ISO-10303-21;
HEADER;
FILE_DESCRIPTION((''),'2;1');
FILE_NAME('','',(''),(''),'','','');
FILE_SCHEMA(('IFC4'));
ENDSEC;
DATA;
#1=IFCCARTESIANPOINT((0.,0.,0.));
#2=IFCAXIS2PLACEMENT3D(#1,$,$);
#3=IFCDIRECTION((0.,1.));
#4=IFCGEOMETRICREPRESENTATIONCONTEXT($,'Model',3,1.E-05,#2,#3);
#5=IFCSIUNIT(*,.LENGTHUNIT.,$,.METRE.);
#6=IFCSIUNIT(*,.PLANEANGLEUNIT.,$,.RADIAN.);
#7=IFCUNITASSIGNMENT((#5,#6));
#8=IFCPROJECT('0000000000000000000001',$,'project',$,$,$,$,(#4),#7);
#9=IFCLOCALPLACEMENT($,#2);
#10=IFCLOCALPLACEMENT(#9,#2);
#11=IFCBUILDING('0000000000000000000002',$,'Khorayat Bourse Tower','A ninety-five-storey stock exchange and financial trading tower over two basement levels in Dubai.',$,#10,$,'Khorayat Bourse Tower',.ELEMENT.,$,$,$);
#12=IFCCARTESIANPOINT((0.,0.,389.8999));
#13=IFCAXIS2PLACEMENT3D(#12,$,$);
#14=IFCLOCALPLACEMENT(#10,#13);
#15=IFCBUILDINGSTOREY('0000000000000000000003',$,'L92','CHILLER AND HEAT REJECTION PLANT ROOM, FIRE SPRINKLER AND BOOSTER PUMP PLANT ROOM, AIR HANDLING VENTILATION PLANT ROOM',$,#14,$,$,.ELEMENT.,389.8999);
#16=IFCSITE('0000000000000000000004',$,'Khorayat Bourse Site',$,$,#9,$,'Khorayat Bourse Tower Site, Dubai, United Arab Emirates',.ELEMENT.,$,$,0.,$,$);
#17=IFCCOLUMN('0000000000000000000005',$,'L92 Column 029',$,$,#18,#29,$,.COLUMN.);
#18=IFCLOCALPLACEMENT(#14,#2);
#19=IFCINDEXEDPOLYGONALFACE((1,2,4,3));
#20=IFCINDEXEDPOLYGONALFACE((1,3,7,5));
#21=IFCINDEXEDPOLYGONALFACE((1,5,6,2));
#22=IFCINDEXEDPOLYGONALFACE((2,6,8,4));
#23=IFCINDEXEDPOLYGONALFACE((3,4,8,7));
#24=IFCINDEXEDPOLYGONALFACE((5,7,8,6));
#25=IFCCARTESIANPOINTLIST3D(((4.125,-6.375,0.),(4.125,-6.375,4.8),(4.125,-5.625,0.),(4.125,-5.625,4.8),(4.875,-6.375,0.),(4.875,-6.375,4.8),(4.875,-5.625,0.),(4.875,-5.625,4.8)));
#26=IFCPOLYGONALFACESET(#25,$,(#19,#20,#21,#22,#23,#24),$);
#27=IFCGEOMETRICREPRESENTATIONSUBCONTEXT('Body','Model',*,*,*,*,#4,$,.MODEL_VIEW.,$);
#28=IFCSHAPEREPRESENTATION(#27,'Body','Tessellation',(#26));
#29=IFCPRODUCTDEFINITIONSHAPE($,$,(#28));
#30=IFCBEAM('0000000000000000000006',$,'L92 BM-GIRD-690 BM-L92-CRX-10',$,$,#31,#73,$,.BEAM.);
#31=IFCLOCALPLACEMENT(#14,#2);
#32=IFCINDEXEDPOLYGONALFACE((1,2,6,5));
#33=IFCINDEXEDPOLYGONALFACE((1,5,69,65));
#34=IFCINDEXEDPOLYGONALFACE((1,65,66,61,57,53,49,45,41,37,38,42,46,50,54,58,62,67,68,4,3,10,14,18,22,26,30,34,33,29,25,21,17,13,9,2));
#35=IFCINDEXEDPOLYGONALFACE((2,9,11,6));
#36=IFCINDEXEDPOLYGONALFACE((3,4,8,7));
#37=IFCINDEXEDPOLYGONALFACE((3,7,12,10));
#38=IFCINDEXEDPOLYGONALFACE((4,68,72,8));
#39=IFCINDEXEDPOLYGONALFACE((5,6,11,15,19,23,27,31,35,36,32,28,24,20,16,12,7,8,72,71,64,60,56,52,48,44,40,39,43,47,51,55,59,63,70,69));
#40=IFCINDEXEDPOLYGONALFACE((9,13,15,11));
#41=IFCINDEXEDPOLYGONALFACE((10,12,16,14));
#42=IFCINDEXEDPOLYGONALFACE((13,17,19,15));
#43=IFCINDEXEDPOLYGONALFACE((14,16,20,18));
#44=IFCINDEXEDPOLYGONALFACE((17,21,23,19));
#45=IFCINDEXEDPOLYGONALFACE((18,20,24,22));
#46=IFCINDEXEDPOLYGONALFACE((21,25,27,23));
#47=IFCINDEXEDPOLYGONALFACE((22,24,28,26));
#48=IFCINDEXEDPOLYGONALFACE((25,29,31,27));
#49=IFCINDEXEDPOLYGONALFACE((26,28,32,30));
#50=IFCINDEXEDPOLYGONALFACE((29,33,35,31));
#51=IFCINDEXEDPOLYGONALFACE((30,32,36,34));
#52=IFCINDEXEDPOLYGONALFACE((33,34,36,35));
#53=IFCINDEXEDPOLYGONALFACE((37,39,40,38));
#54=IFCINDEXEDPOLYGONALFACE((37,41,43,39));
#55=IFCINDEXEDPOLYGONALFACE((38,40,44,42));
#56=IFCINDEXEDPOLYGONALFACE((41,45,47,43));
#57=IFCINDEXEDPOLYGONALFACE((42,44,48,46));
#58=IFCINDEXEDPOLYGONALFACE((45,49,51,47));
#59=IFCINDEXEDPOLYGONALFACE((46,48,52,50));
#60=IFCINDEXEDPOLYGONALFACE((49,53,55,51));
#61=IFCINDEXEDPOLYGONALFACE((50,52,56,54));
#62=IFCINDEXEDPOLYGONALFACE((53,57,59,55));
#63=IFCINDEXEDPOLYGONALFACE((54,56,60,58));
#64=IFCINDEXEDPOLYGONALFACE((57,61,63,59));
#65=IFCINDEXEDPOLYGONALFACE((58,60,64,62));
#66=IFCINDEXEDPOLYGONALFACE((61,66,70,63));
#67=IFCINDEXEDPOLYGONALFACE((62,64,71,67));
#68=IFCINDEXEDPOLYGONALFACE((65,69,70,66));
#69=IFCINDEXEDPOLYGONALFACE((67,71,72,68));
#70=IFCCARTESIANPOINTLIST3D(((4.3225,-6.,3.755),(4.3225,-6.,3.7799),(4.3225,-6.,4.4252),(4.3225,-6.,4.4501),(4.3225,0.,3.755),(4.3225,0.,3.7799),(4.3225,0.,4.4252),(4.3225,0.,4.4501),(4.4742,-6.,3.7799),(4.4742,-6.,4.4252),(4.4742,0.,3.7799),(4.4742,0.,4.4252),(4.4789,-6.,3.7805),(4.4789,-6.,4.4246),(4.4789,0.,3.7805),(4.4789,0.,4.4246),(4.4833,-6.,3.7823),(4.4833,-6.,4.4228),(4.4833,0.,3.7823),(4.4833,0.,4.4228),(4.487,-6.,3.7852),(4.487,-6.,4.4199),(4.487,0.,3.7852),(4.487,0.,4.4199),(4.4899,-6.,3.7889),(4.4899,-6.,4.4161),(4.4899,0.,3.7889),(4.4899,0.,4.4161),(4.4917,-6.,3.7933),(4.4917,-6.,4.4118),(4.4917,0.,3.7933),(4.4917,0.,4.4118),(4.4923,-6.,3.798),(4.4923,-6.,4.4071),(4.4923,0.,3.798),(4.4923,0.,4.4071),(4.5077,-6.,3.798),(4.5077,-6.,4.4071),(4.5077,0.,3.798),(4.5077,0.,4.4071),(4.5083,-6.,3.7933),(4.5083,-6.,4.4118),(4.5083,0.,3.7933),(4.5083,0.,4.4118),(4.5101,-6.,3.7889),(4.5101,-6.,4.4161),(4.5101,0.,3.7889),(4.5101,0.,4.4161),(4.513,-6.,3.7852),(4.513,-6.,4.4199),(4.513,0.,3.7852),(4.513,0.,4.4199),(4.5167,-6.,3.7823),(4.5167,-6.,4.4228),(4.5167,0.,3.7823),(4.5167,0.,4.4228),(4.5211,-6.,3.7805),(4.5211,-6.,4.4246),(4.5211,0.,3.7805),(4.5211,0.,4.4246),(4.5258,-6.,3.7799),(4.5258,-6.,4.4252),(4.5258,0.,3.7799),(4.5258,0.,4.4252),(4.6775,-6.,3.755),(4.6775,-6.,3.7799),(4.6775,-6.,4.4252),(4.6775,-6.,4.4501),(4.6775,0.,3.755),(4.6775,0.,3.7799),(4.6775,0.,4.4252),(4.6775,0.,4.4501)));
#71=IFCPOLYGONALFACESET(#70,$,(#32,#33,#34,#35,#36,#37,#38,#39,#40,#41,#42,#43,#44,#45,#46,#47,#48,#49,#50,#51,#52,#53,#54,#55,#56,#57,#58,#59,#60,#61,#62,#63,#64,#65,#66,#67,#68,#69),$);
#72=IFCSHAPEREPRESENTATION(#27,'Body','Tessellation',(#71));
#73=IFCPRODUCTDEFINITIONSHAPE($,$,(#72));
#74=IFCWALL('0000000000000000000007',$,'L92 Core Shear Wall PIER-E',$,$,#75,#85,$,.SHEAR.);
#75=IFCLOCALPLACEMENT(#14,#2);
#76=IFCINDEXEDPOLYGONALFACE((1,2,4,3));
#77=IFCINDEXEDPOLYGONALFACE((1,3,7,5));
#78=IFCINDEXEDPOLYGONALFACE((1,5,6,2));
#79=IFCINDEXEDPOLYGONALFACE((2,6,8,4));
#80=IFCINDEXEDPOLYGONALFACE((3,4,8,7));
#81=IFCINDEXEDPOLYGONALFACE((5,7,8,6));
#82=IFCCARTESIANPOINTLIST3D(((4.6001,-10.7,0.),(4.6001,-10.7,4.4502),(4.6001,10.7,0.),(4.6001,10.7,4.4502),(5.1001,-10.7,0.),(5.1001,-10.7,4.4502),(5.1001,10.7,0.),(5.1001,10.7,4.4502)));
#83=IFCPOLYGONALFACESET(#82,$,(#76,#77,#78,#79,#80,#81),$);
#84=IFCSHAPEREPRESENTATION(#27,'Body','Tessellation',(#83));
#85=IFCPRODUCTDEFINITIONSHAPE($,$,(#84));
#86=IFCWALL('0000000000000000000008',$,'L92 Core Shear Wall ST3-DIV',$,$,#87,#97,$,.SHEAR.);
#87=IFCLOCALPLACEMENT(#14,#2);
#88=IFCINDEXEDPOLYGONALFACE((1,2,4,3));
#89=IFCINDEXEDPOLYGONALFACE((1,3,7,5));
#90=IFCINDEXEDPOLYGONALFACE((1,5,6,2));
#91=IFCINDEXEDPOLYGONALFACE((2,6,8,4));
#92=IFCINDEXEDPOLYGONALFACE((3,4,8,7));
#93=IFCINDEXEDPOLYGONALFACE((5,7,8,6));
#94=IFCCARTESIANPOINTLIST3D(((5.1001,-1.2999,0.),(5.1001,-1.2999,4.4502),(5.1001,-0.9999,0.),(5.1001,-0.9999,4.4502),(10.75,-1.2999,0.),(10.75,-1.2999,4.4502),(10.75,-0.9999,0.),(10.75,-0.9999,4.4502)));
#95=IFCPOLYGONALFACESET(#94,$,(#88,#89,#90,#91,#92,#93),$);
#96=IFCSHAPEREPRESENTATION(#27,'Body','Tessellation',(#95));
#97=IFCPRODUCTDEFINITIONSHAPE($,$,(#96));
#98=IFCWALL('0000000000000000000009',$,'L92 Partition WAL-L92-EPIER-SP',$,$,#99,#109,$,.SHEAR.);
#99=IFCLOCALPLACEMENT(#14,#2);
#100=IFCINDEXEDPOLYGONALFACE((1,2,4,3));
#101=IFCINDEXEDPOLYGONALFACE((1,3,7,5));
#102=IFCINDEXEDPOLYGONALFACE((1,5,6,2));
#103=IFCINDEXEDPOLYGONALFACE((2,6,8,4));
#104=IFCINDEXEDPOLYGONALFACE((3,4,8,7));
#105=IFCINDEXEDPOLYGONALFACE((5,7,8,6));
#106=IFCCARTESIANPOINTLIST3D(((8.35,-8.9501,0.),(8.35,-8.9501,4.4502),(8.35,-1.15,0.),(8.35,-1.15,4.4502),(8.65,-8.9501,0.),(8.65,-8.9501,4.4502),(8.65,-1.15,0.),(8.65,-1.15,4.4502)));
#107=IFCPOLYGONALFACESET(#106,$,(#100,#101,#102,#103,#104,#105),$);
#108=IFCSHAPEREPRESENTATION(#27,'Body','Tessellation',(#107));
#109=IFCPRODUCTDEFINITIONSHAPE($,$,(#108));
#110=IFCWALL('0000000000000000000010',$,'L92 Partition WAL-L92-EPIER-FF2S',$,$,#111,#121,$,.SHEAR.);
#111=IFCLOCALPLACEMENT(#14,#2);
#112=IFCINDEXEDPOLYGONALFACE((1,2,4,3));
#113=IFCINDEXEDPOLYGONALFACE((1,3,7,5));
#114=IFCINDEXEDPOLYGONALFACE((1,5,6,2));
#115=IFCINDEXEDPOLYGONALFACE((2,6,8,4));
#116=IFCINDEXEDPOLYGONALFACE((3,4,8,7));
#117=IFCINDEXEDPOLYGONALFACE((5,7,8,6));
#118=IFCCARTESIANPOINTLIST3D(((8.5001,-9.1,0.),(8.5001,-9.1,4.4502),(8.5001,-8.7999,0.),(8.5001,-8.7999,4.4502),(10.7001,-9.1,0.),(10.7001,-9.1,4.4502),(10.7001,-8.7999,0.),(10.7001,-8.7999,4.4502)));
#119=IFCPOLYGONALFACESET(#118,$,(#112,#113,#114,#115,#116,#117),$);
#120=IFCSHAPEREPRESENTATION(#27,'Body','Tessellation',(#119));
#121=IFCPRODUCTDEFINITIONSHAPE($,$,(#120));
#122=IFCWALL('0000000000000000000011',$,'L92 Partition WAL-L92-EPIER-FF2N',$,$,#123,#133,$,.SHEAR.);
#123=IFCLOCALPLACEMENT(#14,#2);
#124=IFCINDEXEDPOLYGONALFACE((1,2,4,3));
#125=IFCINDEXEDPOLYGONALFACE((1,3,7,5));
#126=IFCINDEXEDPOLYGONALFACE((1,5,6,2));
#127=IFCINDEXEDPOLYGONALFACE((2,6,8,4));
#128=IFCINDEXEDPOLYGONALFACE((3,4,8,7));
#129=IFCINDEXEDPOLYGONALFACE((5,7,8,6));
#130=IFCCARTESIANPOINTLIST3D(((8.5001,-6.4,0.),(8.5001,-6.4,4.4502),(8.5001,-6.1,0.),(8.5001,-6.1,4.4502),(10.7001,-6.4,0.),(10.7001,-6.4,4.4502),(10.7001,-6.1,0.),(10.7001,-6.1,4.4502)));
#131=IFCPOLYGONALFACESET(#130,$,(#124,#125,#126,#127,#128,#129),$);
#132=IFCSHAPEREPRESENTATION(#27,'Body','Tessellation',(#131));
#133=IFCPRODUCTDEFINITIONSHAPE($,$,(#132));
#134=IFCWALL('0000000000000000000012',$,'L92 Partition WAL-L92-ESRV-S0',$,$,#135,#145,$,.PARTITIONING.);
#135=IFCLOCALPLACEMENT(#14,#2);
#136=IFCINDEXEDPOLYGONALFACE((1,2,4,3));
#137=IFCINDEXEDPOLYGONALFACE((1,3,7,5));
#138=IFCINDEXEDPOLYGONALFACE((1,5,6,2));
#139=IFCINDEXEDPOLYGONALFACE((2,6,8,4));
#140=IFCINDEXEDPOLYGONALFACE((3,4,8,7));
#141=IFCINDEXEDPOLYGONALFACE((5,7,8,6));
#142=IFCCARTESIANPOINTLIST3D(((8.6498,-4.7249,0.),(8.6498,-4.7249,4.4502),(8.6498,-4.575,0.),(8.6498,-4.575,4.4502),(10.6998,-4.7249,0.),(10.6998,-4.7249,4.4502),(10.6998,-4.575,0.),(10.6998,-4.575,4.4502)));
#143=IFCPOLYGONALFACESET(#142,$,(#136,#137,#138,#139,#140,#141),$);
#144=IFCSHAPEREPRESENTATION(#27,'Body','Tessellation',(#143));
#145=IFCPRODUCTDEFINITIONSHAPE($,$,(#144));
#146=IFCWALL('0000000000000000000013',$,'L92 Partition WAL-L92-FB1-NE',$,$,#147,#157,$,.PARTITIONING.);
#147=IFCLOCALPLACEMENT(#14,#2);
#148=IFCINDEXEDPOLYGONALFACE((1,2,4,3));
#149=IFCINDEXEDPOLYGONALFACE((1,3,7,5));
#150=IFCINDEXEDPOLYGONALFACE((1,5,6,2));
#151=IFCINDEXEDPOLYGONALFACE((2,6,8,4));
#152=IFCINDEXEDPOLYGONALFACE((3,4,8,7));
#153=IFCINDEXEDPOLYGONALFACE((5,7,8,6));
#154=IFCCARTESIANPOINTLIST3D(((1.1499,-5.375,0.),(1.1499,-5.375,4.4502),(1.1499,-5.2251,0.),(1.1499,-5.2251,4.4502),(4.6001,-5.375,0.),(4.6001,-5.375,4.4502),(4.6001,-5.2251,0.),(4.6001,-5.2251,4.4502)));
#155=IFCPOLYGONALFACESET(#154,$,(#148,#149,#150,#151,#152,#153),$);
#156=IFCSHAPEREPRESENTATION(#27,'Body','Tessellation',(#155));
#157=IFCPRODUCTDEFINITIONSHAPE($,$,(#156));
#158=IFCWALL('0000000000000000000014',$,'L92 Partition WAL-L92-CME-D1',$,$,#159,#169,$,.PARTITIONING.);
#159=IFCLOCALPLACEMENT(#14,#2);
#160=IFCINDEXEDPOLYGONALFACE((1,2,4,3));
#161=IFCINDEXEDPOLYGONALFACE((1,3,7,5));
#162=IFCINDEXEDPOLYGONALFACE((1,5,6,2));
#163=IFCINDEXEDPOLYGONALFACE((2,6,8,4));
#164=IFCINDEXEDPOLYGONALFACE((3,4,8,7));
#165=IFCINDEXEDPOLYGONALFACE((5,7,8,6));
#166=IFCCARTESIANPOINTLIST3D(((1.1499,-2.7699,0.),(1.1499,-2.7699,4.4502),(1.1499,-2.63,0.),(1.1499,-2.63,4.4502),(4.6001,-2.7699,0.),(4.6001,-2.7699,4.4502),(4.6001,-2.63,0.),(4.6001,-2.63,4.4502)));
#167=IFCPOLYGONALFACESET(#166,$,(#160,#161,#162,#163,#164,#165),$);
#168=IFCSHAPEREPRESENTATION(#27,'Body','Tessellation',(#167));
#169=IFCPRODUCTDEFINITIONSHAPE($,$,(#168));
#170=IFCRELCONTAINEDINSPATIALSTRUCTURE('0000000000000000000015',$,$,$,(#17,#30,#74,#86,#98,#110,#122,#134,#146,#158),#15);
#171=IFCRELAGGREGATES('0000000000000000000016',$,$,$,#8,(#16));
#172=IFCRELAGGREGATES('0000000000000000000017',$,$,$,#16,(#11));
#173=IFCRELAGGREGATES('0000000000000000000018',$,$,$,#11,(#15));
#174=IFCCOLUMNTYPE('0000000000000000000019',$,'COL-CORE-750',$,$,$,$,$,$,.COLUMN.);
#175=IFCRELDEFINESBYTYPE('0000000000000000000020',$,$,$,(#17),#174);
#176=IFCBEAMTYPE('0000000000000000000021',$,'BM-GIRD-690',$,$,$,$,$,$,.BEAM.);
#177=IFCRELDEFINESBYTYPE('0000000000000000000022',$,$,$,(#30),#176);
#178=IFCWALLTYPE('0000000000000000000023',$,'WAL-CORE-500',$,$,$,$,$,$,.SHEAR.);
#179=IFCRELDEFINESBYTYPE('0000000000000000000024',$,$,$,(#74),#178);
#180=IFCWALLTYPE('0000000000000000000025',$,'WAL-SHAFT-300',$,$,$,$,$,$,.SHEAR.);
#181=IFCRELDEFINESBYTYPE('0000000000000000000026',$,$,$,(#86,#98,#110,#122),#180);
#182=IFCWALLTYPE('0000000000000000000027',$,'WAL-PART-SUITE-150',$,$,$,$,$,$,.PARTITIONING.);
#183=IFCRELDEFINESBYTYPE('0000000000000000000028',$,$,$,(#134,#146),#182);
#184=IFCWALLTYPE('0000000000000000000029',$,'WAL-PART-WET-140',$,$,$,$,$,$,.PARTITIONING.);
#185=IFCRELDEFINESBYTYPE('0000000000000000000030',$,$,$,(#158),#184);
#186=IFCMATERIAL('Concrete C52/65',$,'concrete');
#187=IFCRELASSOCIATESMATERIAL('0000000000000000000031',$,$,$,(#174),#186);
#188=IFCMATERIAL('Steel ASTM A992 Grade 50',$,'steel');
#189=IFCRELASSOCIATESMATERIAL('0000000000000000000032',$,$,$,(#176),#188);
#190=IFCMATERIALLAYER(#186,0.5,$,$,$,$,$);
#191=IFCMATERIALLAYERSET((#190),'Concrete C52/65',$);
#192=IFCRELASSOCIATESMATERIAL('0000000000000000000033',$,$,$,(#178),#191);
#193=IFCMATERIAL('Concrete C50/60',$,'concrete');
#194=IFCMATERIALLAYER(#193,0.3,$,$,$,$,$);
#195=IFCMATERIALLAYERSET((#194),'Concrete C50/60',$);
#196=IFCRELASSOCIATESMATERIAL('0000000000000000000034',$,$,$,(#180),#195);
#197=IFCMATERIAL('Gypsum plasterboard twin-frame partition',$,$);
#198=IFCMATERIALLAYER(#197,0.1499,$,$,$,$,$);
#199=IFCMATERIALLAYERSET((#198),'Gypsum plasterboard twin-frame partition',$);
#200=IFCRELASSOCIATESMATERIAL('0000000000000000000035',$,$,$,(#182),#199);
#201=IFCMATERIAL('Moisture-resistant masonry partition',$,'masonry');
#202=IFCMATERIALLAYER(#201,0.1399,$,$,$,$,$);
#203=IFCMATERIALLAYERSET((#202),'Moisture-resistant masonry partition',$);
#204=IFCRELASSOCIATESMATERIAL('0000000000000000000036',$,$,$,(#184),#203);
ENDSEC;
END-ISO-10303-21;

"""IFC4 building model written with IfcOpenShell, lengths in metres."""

from ifc_helpers import new_model, si_unit, direction, frame, frame_2d, origin, origin_2d, place, context, subcontext, project, spatial, rectangle, i_section, extrude, source, transform, mapped, material, layer, layer_set, material_profile, profile_set, type_object, element, save


model = new_model("IFC4")

# Units and contexts
model_context = context("Model", 3, precision=1e-05, world=origin(), true_north=direction((0.0, 1.0)))
body_context = subcontext(model_context, "Body", "Model", "MODEL_VIEW")
ifc_project = project(units=[si_unit("LENGTHUNIT", "METRE"), si_unit("PLANEANGLEUNIT", "RADIAN")], contexts=[model_context])

# Site, building, storey
site_placement = place(None, origin())
site = spatial("IfcSite", under=ifc_project, at=site_placement, Name="Khorayat Bourse Site", LongName="Khorayat Bourse Tower Site, Dubai, United Arab Emirates", CompositionType="ELEMENT", RefElevation=0.0)
building_placement = place(site_placement, origin())
building = spatial("IfcBuilding", under=site, at=building_placement, Name="Khorayat Bourse Tower", Description="A ninety-five-storey stock exchange and financial trading tower over two basement levels in Dubai.", LongName="Khorayat Bourse Tower", CompositionType="ELEMENT")
storey_placement = place(building_placement, frame((0.0, 0.0, 389.8999)))
storey = spatial("IfcBuildingStorey", under=building, at=storey_placement, Name="L92", Description="CHILLER AND HEAT REJECTION PLANT ROOM, FIRE SPRINKLER AND BOOSTER PUMP PLANT ROOM, AIR HANDLING VENTILATION PLANT ROOM", CompositionType="ELEMENT", Elevation=389.8999)

# Column
ifc_material_1 = material(Name="Concrete C52/65", Category="concrete")
ifc_material_profile_1 = material_profile(ifc_material_1, rectangle(XDim=0.75, YDim=0.75, at=origin_2d()), Name="RC 750x750")
ifc_profile_set_1 = profile_set([ifc_material_profile_1], Name="Concrete C52/65")
column_type = type_object("IfcColumnType", Name="COL-CORE-750", PredefinedType="COLUMN", material=ifc_profile_set_1)
shared_shape_1 = source(origin(), body_context, "Body", "SweptSolid", [
    extrude(rectangle(XDim=0.75, YDim=0.75, at=origin_2d()), origin(), (0.0, 0.0, 1.0), 4.8),
])
column_placement = place(storey_placement, frame((4.5, -6.0, 0.0), z_axis=(0.0, 0.0, 1.0), x_axis=(1.0, 0.0, 0.0)))
element("IfcColumn", 1, at=column_placement, inside=storey, type_object=column_type, Name="L92 Column 029", PredefinedType="COLUMN", context=body_context, shape_type="MappedRepresentation", body=[
    mapped(shared_shape_1, transform((0.0, 0.0, 0.0), scale=1.0)),
])

# Beam
ifc_material_2 = material(Name="Steel ASTM A992 Grade 50", Category="steel")
ifc_material_profile_2 = material_profile(ifc_material_2, i_section(OverallWidth=0.355, OverallDepth=0.6951, WebThickness=0.0154, FlangeThickness=0.0249, FilletRadius=0.0181, at=origin_2d()), Name="W690X217")
ifc_profile_set_2 = profile_set([ifc_material_profile_2], Name="Steel ASTM A992 Grade 50")
beam_type = type_object("IfcBeamType", Name="BM-GIRD-690", PredefinedType="BEAM", material=ifc_profile_set_2)
shared_shape_2 = source(origin(), body_context, "Body", "SweptSolid", [
    extrude(i_section(OverallWidth=0.355, OverallDepth=0.6951, WebThickness=0.0154, FlangeThickness=0.0249, FilletRadius=0.0181, at=origin_2d()), origin(), (0.0, 0.0, 1.0), 6.0),
])
beam_placement = place(storey_placement, frame((4.5, -6.0, 4.1025), z_axis=(0.0, 1.0, 0.0), x_axis=(-1.0, 0.0, 0.0)))
element("IfcBeam", 2, at=beam_placement, inside=storey, type_object=beam_type, Name="L92 BM-GIRD-690 BM-L92-CRX-10", PredefinedType="BEAM", context=body_context, shape_type="MappedRepresentation", body=[
    mapped(shared_shape_2, transform((0.0, 0.0, 0.0), scale=1.0)),
])

# Walls
ifc_layer_1 = layer(ifc_material_1, 0.5)
ifc_layer_set_1 = layer_set([ifc_layer_1], Name="Concrete C52/65")
wall_type_1 = type_object("IfcWallType", Name="WAL-CORE-500", PredefinedType="SHEAR", material=ifc_layer_set_1)
shared_shape_3 = source(origin(), body_context, "Body", "SweptSolid", [
    extrude(rectangle(XDim=21.3999, YDim=0.5, at=frame_2d((10.7, 0.0))), origin(), (0.0, 0.0, 1.0), 4.4502),
])
wall_1_placement = place(storey_placement, frame((4.8501, -10.7, 0.0), z_axis=(0.0, 0.0, 1.0), x_axis=(0.0, 1.0, 0.0)))
element("IfcWall", 3, at=wall_1_placement, inside=storey, type_object=wall_type_1, Name="L92 Core Shear Wall PIER-E", PredefinedType="SHEAR", context=body_context, shape_type="MappedRepresentation", body=[
    mapped(shared_shape_3, transform((0.0, 0.0, 0.0), scale=1.0)),
])
ifc_material_3 = material(Name="Concrete C50/60", Category="concrete")
ifc_layer_2 = layer(ifc_material_3, 0.3)
ifc_layer_set_2 = layer_set([ifc_layer_2], Name="Concrete C50/60")
wall_type_2 = type_object("IfcWallType", Name="WAL-SHAFT-300", PredefinedType="SHEAR", material=ifc_layer_set_2)
shared_shape_4 = source(origin(), body_context, "Body", "SweptSolid", [
    extrude(rectangle(XDim=5.6499, YDim=0.3, at=frame_2d((2.825, 0.0))), origin(), (0.0, 0.0, 1.0), 4.4502),
])
wall_2_placement = place(storey_placement, frame((5.1001, -1.1499, 0.0), z_axis=(0.0, 0.0, 1.0), x_axis=(1.0, 0.0, 0.0)))
element("IfcWall", 4, at=wall_2_placement, inside=storey, type_object=wall_type_2, Name="L92 Core Shear Wall ST3-DIV", PredefinedType="SHEAR", context=body_context, shape_type="MappedRepresentation", body=[
    mapped(shared_shape_4, transform((0.0, 0.0, 0.0), scale=1.0)),
])
shared_shape_5 = source(origin(), body_context, "Body", "SweptSolid", [
    extrude(rectangle(XDim=7.8, YDim=0.3, at=frame_2d((3.8999, 0.0))), origin(), (0.0, 0.0, 1.0), 4.4502),
])
wall_3_placement = place(storey_placement, frame((8.5, -8.95, 0.0), z_axis=(0.0, 0.0, 1.0), x_axis=(0.0, 1.0, 0.0)))
element("IfcWall", 5, at=wall_3_placement, inside=storey, type_object=wall_type_2, Name="L92 Partition WAL-L92-EPIER-SP", PredefinedType="SHEAR", context=body_context, shape_type="MappedRepresentation", body=[
    mapped(shared_shape_5, transform((0.0, 0.0, 0.0), scale=1.0)),
])
shared_shape_6 = source(origin(), body_context, "Body", "SweptSolid", [
    extrude(rectangle(XDim=2.2, YDim=0.3, at=frame_2d((1.1001, 0.0))), origin(), (0.0, 0.0, 1.0), 4.4502),
])
for number, where, z_axis, x_axis, name in (
    (6, (8.5, -8.95, 0.0), (0.0, 0.0, 1.0), (1.0, 0.0, 0.0), "L92 Partition WAL-L92-EPIER-FF2S"),
    (7, (8.5, -6.25, 0.0), (0.0, 0.0, 1.0), (1.0, 0.0, 0.0), "L92 Partition WAL-L92-EPIER-FF2N"),
):
    element("IfcWall", number, at=place(storey_placement, frame(where, z_axis=z_axis, x_axis=x_axis)), inside=storey, type_object=wall_type_2, Name=name, PredefinedType="SHEAR", context=body_context, shape_type="MappedRepresentation", body=[
        mapped(shared_shape_6, transform((0.0, 0.0, 0.0), scale=1.0)),
    ])
ifc_material_4 = material(Name="Gypsum plasterboard twin-frame partition")
ifc_layer_3 = layer(ifc_material_4, 0.1499)
ifc_layer_set_3 = layer_set([ifc_layer_3], Name="Gypsum plasterboard twin-frame partition")
wall_type_3 = type_object("IfcWallType", Name="WAL-PART-SUITE-150", PredefinedType="PARTITIONING", material=ifc_layer_set_3)
shared_shape_7 = source(origin(), body_context, "Body", "SweptSolid", [
    extrude(rectangle(XDim=2.05, YDim=0.1499, at=frame_2d((1.0249, 0.0))), origin(), (0.0, 0.0, 1.0), 4.4502),
])
wall_4_placement = place(storey_placement, frame((8.6499, -4.6499, 0.0), z_axis=(0.0, 0.0, 1.0), x_axis=(1.0, 0.0, 0.0)))
element("IfcWall", 8, at=wall_4_placement, inside=storey, type_object=wall_type_3, Name="L92 Partition WAL-L92-ESRV-S0", PredefinedType="PARTITIONING", context=body_context, shape_type="MappedRepresentation", body=[
    mapped(shared_shape_7, transform((0.0, 0.0, 0.0), scale=1.0)),
])
shared_shape_8 = source(origin(), body_context, "Body", "SweptSolid", [
    extrude(rectangle(XDim=3.4502, YDim=0.1499, at=frame_2d((1.7251, 0.0))), origin(), (0.0, 0.0, 1.0), 4.4502),
])
wall_5_placement = place(storey_placement, frame((1.1499, -5.3, 0.0), z_axis=(0.0, 0.0, 1.0), x_axis=(1.0, 0.0, 0.0)))
element("IfcWall", 9, at=wall_5_placement, inside=storey, type_object=wall_type_3, Name="L92 Partition WAL-L92-FB1-NE", PredefinedType="PARTITIONING", context=body_context, shape_type="MappedRepresentation", body=[
    mapped(shared_shape_8, transform((0.0, 0.0, 0.0), scale=1.0)),
])
ifc_material_5 = material(Name="Moisture-resistant masonry partition", Category="masonry")
ifc_layer_4 = layer(ifc_material_5, 0.1399)
ifc_layer_set_4 = layer_set([ifc_layer_4], Name="Moisture-resistant masonry partition")
wall_type_4 = type_object("IfcWallType", Name="WAL-PART-WET-140", PredefinedType="PARTITIONING", material=ifc_layer_set_4)
shared_shape_9 = source(origin(), body_context, "Body", "SweptSolid", [
    extrude(rectangle(XDim=3.4502, YDim=0.1399, at=frame_2d((1.7251, 0.0))), origin(), (0.0, 0.0, 1.0), 4.4502),
])
wall_6_placement = place(storey_placement, frame((1.1499, -2.7, 0.0), z_axis=(0.0, 0.0, 1.0), x_axis=(1.0, 0.0, 0.0)))
element("IfcWall", 10, at=wall_6_placement, inside=storey, type_object=wall_type_4, Name="L92 Partition WAL-L92-CME-D1", PredefinedType="PARTITIONING", context=body_context, shape_type="MappedRepresentation", body=[
    mapped(shared_shape_9, transform((0.0, 0.0, 0.0), scale=1.0)),
])

save(model, "model.ifc")
